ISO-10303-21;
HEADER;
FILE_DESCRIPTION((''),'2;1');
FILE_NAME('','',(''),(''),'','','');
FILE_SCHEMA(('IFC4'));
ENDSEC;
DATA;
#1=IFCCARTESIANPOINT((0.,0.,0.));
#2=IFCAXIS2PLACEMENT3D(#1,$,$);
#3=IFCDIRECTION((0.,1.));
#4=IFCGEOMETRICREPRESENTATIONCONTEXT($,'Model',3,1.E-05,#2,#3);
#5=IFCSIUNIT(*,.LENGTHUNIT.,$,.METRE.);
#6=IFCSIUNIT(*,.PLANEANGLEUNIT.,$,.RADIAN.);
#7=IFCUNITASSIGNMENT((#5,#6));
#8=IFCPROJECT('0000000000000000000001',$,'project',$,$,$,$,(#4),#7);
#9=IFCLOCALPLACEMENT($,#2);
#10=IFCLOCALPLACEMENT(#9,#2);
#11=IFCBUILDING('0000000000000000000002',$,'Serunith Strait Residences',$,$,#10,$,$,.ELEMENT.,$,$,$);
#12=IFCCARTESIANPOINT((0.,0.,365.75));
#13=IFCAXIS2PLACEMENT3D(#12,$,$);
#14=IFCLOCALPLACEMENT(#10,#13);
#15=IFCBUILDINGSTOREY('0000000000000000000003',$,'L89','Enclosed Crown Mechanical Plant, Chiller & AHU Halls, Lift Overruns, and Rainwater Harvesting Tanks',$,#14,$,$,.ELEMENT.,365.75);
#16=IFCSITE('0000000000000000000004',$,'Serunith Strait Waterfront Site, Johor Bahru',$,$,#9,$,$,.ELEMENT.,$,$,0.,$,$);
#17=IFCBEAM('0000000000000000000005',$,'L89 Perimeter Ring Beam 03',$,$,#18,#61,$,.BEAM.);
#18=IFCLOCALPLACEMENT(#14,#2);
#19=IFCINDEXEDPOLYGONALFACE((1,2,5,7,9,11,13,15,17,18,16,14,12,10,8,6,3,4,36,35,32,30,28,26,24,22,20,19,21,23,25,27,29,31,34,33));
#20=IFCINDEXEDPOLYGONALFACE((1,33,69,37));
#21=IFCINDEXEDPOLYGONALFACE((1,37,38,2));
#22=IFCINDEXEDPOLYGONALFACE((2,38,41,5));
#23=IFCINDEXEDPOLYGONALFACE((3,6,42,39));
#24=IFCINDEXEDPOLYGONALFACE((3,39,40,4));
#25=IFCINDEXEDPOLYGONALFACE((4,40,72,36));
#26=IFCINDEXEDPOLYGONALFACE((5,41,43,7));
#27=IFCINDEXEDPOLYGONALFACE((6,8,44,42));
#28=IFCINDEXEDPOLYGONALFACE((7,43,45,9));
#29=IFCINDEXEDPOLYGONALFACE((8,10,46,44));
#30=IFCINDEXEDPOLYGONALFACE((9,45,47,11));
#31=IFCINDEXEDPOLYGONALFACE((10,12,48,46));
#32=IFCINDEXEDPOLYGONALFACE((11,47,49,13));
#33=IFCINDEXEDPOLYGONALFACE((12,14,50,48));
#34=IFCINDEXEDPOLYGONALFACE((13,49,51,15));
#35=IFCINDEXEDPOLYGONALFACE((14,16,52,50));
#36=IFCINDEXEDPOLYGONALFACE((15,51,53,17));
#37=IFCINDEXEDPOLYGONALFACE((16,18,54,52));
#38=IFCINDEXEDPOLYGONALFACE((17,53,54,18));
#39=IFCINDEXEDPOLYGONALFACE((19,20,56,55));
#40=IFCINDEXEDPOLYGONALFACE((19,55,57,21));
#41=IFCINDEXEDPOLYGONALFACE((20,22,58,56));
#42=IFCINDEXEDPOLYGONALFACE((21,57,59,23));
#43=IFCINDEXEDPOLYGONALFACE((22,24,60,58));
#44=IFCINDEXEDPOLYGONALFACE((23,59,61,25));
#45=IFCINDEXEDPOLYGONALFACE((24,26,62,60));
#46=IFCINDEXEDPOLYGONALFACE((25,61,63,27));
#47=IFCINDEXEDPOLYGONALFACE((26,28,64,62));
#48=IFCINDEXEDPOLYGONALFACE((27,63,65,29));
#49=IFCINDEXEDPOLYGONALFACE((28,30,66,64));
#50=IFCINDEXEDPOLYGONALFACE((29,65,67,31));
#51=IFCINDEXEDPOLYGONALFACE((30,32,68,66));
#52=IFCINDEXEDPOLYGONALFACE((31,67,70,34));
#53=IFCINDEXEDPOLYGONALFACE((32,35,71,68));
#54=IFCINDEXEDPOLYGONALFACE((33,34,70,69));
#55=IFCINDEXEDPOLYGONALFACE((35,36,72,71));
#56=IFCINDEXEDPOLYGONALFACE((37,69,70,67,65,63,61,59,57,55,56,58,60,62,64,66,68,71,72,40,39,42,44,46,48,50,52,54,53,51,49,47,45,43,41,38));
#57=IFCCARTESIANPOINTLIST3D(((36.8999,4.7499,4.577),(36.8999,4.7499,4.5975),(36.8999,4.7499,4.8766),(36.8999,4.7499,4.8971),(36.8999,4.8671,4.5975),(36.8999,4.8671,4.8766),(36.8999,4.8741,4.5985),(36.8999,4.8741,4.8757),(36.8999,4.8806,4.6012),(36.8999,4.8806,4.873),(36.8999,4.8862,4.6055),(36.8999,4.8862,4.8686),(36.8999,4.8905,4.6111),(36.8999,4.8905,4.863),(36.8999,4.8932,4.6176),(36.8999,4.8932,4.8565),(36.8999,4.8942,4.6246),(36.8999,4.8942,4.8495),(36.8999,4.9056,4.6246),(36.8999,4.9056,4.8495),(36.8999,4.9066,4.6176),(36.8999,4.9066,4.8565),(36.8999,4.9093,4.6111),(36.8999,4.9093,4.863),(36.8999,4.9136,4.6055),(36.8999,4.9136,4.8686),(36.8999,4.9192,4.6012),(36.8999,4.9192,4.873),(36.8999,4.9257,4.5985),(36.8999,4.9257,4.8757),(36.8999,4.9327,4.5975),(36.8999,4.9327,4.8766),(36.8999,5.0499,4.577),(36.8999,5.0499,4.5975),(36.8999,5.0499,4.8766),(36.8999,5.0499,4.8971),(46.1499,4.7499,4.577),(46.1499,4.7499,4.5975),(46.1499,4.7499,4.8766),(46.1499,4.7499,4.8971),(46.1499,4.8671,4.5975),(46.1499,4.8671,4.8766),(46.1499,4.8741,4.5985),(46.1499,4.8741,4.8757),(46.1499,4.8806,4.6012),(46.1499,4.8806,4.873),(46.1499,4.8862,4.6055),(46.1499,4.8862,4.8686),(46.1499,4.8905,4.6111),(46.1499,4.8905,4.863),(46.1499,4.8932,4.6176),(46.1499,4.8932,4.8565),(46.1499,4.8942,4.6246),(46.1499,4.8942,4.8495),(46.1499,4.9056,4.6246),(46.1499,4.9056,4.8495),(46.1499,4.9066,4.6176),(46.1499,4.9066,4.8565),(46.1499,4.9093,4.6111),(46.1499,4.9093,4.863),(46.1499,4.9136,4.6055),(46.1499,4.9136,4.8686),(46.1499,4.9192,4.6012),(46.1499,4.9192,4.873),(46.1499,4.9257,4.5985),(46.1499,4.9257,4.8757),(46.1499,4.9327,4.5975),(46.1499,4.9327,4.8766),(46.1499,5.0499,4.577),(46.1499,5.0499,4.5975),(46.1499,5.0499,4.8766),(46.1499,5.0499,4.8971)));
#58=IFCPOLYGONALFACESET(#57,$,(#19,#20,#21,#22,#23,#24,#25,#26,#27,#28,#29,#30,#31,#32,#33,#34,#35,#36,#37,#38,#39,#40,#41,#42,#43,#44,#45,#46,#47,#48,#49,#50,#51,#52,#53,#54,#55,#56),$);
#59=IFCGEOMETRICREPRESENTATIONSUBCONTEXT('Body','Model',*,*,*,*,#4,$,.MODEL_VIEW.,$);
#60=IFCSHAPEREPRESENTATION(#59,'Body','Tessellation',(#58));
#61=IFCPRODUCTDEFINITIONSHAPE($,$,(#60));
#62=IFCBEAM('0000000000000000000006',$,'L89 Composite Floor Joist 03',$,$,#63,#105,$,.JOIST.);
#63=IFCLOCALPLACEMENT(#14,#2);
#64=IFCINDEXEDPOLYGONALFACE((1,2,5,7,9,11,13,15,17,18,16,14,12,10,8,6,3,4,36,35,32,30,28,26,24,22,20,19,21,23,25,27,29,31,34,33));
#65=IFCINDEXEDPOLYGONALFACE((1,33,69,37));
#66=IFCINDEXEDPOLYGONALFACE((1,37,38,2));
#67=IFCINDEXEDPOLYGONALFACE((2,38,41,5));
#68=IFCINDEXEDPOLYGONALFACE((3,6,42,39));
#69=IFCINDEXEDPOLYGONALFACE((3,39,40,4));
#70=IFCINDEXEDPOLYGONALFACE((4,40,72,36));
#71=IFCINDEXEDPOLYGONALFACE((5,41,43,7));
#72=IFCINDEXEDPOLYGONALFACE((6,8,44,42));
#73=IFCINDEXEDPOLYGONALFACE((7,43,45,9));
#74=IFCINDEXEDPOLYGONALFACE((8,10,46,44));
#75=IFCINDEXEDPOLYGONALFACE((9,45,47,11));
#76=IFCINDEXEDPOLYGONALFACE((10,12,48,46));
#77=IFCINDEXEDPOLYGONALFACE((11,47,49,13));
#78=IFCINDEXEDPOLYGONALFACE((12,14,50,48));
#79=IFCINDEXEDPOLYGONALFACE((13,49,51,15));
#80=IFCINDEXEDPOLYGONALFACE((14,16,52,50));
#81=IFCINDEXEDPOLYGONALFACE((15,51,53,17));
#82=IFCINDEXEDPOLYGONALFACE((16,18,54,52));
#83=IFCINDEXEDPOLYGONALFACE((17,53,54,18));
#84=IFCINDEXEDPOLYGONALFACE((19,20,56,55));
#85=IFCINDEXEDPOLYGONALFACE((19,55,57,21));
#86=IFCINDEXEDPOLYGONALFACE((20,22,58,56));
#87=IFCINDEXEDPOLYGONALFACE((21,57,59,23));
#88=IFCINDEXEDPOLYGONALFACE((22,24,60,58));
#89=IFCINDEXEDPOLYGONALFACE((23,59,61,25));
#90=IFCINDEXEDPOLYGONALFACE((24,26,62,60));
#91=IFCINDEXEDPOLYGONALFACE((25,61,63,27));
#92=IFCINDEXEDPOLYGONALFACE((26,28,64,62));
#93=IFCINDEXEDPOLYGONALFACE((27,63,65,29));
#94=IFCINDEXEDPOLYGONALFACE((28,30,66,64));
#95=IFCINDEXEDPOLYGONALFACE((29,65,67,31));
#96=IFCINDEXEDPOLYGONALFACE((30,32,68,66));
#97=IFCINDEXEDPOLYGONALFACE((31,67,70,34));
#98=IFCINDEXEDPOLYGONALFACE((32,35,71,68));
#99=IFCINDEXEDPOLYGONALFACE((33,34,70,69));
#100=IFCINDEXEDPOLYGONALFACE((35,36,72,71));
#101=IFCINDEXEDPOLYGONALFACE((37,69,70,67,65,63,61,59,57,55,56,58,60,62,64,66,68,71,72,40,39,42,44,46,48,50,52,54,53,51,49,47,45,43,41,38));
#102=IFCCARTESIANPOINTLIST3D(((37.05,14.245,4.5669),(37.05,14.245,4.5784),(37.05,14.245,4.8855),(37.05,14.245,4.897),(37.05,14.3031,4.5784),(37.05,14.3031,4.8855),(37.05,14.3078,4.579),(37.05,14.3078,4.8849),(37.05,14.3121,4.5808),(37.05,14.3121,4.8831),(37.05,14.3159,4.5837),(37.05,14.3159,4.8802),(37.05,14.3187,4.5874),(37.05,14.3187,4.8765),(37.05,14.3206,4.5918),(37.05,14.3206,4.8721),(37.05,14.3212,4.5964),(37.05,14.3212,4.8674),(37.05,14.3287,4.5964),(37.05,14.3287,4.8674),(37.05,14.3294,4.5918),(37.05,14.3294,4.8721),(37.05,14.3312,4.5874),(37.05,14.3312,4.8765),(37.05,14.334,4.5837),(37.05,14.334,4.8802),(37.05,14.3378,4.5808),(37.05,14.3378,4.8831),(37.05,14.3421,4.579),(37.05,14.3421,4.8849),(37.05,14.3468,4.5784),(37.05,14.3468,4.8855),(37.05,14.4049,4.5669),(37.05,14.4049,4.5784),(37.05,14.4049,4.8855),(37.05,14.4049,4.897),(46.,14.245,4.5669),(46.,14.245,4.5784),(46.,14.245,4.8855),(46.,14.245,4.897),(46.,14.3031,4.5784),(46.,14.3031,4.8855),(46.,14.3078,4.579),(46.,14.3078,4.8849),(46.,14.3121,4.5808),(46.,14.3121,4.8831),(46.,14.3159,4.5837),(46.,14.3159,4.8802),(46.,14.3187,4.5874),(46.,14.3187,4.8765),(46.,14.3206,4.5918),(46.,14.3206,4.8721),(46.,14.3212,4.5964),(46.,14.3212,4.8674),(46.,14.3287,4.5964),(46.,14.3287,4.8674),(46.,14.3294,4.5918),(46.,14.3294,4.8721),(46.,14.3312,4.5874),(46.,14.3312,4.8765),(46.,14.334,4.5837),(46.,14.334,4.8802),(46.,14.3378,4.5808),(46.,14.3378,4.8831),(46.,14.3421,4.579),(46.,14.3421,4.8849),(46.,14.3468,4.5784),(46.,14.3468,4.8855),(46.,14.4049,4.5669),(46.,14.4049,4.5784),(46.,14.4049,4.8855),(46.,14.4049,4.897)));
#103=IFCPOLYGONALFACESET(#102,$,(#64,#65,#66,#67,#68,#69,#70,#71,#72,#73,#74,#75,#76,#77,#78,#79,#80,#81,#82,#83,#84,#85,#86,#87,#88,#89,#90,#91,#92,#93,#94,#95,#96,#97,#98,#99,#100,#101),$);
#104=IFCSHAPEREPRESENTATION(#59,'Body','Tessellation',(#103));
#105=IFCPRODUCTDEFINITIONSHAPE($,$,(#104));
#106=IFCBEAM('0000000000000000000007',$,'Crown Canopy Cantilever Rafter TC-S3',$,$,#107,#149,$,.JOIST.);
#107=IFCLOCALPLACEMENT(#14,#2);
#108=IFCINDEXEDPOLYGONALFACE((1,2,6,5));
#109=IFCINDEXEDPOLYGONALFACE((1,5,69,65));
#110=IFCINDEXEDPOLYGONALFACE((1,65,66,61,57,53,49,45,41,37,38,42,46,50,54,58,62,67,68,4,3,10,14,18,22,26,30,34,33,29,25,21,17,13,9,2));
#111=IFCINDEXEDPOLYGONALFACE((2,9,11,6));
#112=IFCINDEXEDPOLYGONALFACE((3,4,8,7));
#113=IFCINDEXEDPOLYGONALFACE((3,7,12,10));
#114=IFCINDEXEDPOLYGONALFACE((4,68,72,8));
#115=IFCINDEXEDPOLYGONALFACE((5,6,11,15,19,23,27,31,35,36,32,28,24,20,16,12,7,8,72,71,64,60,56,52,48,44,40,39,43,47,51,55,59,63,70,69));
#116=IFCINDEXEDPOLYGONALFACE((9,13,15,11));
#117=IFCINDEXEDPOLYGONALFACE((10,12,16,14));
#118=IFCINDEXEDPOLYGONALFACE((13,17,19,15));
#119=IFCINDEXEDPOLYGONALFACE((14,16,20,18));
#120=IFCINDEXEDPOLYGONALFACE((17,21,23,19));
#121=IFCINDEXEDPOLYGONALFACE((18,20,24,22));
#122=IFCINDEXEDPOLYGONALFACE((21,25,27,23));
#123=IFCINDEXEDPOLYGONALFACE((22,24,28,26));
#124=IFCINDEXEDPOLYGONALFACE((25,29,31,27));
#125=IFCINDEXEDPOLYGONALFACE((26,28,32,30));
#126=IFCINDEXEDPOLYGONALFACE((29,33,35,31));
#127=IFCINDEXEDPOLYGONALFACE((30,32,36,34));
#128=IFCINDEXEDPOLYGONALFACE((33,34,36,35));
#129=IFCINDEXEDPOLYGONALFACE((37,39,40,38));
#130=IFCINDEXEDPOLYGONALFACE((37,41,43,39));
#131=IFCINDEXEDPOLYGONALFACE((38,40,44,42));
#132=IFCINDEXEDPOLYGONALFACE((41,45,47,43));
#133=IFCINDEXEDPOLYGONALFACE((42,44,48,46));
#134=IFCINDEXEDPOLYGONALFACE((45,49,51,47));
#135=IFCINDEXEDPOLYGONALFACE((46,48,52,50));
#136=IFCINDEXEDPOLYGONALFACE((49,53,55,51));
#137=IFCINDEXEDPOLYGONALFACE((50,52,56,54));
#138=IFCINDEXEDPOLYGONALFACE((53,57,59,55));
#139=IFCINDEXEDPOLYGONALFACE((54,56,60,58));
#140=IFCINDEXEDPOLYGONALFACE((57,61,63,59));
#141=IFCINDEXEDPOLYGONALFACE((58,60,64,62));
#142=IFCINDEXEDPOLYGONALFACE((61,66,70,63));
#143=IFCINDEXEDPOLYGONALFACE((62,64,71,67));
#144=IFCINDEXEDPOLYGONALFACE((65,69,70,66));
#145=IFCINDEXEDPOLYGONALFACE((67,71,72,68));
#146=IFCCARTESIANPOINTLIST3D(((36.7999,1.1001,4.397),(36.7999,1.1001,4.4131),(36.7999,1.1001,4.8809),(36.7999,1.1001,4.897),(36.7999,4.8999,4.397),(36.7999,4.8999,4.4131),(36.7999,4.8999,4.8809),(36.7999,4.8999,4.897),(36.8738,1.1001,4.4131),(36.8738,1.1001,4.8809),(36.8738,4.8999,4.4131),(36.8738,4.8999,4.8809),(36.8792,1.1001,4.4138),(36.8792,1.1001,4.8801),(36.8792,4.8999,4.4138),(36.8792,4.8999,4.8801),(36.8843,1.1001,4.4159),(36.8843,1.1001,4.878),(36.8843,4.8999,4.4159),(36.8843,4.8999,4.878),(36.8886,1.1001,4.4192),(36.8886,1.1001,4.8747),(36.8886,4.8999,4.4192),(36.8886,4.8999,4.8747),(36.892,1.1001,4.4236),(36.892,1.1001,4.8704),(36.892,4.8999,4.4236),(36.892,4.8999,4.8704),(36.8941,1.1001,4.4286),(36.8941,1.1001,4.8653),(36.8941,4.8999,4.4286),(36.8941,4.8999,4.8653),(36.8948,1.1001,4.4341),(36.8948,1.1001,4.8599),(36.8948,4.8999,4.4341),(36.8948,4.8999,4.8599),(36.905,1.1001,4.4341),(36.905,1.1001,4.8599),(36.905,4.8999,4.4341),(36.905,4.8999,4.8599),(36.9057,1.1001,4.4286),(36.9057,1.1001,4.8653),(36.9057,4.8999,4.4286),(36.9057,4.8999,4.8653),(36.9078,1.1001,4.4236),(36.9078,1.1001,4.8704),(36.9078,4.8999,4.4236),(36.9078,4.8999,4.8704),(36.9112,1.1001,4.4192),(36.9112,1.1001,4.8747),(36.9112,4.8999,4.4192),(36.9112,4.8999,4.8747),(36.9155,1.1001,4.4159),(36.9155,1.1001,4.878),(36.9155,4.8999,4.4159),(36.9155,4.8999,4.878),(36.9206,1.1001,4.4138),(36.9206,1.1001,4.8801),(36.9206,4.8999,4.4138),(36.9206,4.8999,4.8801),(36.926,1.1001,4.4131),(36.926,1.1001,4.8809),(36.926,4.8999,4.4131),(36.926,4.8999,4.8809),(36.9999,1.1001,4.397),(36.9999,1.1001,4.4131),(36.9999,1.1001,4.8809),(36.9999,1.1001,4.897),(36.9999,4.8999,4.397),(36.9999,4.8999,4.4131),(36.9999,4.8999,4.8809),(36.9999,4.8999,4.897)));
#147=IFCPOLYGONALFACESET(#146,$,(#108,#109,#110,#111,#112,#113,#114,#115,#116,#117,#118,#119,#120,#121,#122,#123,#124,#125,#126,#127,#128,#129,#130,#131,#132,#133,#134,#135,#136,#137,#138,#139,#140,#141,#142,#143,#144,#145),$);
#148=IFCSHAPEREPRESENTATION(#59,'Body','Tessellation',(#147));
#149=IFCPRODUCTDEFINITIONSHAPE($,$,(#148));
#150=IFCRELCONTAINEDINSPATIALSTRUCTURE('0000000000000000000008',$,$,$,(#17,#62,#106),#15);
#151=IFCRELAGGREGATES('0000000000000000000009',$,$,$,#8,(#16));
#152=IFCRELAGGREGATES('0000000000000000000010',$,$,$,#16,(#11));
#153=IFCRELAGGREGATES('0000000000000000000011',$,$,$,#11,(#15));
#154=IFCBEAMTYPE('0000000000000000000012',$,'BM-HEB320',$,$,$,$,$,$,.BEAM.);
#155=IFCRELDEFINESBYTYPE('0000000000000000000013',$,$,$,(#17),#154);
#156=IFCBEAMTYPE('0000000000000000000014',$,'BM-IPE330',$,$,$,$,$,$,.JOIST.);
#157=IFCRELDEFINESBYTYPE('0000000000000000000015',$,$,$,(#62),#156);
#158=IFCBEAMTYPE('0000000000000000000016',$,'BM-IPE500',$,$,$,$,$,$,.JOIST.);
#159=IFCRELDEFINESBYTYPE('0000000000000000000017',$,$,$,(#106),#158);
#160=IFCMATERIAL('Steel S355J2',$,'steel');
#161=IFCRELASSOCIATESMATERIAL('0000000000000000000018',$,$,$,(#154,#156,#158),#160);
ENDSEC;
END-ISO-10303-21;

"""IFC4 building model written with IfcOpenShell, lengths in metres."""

from ifc_helpers import new_model, si_unit, direction, frame, origin, origin_2d, place, context, subcontext, project, spatial, i_section, extrude, source, transform, mapped, material, material_profile, profile_set, type_object, element, save


model = new_model("IFC4")

# Units and contexts
model_context = context("Model", 3, precision=1e-05, world=origin(), true_north=direction((0.0, 1.0)))
body_context = subcontext(model_context, "Body", "Model", "MODEL_VIEW")
ifc_project = project(units=[si_unit("LENGTHUNIT", "METRE"), si_unit("PLANEANGLEUNIT", "RADIAN")], contexts=[model_context])

# Site, building, storey
site_placement = place(None, origin())
site = spatial("IfcSite", under=ifc_project, at=site_placement, Name="Serunith Strait Waterfront Site, Johor Bahru", CompositionType="ELEMENT", RefElevation=0.0)
building_placement = place(site_placement, origin())
building = spatial("IfcBuilding", under=site, at=building_placement, Name="Serunith Strait Residences", CompositionType="ELEMENT")
storey_placement = place(building_placement, frame((0.0, 0.0, 365.75)))
storey = spatial("IfcBuildingStorey", under=building, at=storey_placement, Name="L89", Description="Enclosed Crown Mechanical Plant, Chiller & AHU Halls, Lift Overruns, and Rainwater Harvesting Tanks", CompositionType="ELEMENT", Elevation=365.75)

# Beams
ifc_material_1 = material(Name="Steel S355J2", Category="steel")
ifc_material_profile_1 = material_profile(ifc_material_1, i_section(OverallWidth=0.3, OverallDepth=0.3201, WebThickness=0.0115, FlangeThickness=0.0205, FilletRadius=0.0271, at=origin_2d()), Name="HEB 320")
ifc_profile_set_1 = profile_set([ifc_material_profile_1], Name="Steel S355J2")
beam_type_1 = type_object("IfcBeamType", Name="BM-HEB320", PredefinedType="BEAM", material=ifc_profile_set_1)
shared_shape_1 = source(origin(), body_context, "Body", "SweptSolid", [
    extrude(i_section(OverallWidth=0.3, OverallDepth=0.3201, WebThickness=0.0115, FlangeThickness=0.0205, FilletRadius=0.0271, at=origin_2d()), origin(), (0.0, 0.0, 1.0), 9.25),
])
beam_1_placement = place(storey_placement, frame((36.8999, 4.8999, 4.7371), z_axis=(1.0, 0.0, 0.0), x_axis=(0.0, 1.0, 0.0)))
element("IfcBeam", 1, at=beam_1_placement, inside=storey, type_object=beam_type_1, Name="L89 Perimeter Ring Beam 03", PredefinedType="BEAM", context=body_context, shape_type="MappedRepresentation", body=[
    mapped(shared_shape_1, transform((0.0, 0.0, 0.0), scale=1.0)),
])
ifc_material_profile_2 = material_profile(ifc_material_1, i_section(OverallWidth=0.1599, OverallDepth=0.3301, WebThickness=0.0076, FlangeThickness=0.0115, FilletRadius=0.0181, at=origin_2d()), Name="IPE 330")
ifc_profile_set_2 = profile_set([ifc_material_profile_2], Name="Steel S355J2")
beam_type_2 = type_object("IfcBeamType", Name="BM-IPE330", PredefinedType="JOIST", material=ifc_profile_set_2)
shared_shape_2 = source(origin(), body_context, "Body", "SweptSolid", [
    extrude(i_section(OverallWidth=0.1599, OverallDepth=0.3301, WebThickness=0.0076, FlangeThickness=0.0115, FilletRadius=0.0181, at=origin_2d()), origin(), (0.0, 0.0, 1.0), 8.95),
])
beam_2_placement = place(storey_placement, frame((37.05, 14.325, 4.7319), z_axis=(1.0, 0.0, 0.0), x_axis=(0.0, 1.0, 0.0)))
element("IfcBeam", 2, at=beam_2_placement, inside=storey, type_object=beam_type_2, Name="L89 Composite Floor Joist 03", PredefinedType="JOIST", context=body_context, shape_type="MappedRepresentation", body=[
    mapped(shared_shape_2, transform((0.0, 0.0, 0.0), scale=1.0)),
])
ifc_material_profile_3 = material_profile(ifc_material_1, i_section(OverallWidth=0.2, OverallDepth=0.5, WebThickness=0.0103, FlangeThickness=0.0161, FilletRadius=0.021, at=origin_2d()), Name="IPE 500")
ifc_profile_set_3 = profile_set([ifc_material_profile_3], Name="Steel S355J2")
beam_type_3 = type_object("IfcBeamType", Name="BM-IPE500", PredefinedType="JOIST", material=ifc_profile_set_3)
shared_shape_3 = source(origin(), body_context, "Body", "SweptSolid", [
    extrude(i_section(OverallWidth=0.2, OverallDepth=0.5, WebThickness=0.0103, FlangeThickness=0.0161, FilletRadius=0.021, at=origin_2d()), origin(), (0.0, 0.0, 1.0), 3.7998),
])
beam_3_placement = place(storey_placement, frame((36.8999, 4.8999, 4.647), z_axis=(0.0, -1.0, 0.0), x_axis=(1.0, 0.0, 0.0)))
element("IfcBeam", 3, at=beam_3_placement, inside=storey, type_object=beam_type_3, Name="Crown Canopy Cantilever Rafter TC-S3", PredefinedType="JOIST", context=body_context, shape_type="MappedRepresentation", body=[
    mapped(shared_shape_3, transform((0.0, 0.0, 0.0), scale=1.0)),
])

save(model, "model.ifc")
